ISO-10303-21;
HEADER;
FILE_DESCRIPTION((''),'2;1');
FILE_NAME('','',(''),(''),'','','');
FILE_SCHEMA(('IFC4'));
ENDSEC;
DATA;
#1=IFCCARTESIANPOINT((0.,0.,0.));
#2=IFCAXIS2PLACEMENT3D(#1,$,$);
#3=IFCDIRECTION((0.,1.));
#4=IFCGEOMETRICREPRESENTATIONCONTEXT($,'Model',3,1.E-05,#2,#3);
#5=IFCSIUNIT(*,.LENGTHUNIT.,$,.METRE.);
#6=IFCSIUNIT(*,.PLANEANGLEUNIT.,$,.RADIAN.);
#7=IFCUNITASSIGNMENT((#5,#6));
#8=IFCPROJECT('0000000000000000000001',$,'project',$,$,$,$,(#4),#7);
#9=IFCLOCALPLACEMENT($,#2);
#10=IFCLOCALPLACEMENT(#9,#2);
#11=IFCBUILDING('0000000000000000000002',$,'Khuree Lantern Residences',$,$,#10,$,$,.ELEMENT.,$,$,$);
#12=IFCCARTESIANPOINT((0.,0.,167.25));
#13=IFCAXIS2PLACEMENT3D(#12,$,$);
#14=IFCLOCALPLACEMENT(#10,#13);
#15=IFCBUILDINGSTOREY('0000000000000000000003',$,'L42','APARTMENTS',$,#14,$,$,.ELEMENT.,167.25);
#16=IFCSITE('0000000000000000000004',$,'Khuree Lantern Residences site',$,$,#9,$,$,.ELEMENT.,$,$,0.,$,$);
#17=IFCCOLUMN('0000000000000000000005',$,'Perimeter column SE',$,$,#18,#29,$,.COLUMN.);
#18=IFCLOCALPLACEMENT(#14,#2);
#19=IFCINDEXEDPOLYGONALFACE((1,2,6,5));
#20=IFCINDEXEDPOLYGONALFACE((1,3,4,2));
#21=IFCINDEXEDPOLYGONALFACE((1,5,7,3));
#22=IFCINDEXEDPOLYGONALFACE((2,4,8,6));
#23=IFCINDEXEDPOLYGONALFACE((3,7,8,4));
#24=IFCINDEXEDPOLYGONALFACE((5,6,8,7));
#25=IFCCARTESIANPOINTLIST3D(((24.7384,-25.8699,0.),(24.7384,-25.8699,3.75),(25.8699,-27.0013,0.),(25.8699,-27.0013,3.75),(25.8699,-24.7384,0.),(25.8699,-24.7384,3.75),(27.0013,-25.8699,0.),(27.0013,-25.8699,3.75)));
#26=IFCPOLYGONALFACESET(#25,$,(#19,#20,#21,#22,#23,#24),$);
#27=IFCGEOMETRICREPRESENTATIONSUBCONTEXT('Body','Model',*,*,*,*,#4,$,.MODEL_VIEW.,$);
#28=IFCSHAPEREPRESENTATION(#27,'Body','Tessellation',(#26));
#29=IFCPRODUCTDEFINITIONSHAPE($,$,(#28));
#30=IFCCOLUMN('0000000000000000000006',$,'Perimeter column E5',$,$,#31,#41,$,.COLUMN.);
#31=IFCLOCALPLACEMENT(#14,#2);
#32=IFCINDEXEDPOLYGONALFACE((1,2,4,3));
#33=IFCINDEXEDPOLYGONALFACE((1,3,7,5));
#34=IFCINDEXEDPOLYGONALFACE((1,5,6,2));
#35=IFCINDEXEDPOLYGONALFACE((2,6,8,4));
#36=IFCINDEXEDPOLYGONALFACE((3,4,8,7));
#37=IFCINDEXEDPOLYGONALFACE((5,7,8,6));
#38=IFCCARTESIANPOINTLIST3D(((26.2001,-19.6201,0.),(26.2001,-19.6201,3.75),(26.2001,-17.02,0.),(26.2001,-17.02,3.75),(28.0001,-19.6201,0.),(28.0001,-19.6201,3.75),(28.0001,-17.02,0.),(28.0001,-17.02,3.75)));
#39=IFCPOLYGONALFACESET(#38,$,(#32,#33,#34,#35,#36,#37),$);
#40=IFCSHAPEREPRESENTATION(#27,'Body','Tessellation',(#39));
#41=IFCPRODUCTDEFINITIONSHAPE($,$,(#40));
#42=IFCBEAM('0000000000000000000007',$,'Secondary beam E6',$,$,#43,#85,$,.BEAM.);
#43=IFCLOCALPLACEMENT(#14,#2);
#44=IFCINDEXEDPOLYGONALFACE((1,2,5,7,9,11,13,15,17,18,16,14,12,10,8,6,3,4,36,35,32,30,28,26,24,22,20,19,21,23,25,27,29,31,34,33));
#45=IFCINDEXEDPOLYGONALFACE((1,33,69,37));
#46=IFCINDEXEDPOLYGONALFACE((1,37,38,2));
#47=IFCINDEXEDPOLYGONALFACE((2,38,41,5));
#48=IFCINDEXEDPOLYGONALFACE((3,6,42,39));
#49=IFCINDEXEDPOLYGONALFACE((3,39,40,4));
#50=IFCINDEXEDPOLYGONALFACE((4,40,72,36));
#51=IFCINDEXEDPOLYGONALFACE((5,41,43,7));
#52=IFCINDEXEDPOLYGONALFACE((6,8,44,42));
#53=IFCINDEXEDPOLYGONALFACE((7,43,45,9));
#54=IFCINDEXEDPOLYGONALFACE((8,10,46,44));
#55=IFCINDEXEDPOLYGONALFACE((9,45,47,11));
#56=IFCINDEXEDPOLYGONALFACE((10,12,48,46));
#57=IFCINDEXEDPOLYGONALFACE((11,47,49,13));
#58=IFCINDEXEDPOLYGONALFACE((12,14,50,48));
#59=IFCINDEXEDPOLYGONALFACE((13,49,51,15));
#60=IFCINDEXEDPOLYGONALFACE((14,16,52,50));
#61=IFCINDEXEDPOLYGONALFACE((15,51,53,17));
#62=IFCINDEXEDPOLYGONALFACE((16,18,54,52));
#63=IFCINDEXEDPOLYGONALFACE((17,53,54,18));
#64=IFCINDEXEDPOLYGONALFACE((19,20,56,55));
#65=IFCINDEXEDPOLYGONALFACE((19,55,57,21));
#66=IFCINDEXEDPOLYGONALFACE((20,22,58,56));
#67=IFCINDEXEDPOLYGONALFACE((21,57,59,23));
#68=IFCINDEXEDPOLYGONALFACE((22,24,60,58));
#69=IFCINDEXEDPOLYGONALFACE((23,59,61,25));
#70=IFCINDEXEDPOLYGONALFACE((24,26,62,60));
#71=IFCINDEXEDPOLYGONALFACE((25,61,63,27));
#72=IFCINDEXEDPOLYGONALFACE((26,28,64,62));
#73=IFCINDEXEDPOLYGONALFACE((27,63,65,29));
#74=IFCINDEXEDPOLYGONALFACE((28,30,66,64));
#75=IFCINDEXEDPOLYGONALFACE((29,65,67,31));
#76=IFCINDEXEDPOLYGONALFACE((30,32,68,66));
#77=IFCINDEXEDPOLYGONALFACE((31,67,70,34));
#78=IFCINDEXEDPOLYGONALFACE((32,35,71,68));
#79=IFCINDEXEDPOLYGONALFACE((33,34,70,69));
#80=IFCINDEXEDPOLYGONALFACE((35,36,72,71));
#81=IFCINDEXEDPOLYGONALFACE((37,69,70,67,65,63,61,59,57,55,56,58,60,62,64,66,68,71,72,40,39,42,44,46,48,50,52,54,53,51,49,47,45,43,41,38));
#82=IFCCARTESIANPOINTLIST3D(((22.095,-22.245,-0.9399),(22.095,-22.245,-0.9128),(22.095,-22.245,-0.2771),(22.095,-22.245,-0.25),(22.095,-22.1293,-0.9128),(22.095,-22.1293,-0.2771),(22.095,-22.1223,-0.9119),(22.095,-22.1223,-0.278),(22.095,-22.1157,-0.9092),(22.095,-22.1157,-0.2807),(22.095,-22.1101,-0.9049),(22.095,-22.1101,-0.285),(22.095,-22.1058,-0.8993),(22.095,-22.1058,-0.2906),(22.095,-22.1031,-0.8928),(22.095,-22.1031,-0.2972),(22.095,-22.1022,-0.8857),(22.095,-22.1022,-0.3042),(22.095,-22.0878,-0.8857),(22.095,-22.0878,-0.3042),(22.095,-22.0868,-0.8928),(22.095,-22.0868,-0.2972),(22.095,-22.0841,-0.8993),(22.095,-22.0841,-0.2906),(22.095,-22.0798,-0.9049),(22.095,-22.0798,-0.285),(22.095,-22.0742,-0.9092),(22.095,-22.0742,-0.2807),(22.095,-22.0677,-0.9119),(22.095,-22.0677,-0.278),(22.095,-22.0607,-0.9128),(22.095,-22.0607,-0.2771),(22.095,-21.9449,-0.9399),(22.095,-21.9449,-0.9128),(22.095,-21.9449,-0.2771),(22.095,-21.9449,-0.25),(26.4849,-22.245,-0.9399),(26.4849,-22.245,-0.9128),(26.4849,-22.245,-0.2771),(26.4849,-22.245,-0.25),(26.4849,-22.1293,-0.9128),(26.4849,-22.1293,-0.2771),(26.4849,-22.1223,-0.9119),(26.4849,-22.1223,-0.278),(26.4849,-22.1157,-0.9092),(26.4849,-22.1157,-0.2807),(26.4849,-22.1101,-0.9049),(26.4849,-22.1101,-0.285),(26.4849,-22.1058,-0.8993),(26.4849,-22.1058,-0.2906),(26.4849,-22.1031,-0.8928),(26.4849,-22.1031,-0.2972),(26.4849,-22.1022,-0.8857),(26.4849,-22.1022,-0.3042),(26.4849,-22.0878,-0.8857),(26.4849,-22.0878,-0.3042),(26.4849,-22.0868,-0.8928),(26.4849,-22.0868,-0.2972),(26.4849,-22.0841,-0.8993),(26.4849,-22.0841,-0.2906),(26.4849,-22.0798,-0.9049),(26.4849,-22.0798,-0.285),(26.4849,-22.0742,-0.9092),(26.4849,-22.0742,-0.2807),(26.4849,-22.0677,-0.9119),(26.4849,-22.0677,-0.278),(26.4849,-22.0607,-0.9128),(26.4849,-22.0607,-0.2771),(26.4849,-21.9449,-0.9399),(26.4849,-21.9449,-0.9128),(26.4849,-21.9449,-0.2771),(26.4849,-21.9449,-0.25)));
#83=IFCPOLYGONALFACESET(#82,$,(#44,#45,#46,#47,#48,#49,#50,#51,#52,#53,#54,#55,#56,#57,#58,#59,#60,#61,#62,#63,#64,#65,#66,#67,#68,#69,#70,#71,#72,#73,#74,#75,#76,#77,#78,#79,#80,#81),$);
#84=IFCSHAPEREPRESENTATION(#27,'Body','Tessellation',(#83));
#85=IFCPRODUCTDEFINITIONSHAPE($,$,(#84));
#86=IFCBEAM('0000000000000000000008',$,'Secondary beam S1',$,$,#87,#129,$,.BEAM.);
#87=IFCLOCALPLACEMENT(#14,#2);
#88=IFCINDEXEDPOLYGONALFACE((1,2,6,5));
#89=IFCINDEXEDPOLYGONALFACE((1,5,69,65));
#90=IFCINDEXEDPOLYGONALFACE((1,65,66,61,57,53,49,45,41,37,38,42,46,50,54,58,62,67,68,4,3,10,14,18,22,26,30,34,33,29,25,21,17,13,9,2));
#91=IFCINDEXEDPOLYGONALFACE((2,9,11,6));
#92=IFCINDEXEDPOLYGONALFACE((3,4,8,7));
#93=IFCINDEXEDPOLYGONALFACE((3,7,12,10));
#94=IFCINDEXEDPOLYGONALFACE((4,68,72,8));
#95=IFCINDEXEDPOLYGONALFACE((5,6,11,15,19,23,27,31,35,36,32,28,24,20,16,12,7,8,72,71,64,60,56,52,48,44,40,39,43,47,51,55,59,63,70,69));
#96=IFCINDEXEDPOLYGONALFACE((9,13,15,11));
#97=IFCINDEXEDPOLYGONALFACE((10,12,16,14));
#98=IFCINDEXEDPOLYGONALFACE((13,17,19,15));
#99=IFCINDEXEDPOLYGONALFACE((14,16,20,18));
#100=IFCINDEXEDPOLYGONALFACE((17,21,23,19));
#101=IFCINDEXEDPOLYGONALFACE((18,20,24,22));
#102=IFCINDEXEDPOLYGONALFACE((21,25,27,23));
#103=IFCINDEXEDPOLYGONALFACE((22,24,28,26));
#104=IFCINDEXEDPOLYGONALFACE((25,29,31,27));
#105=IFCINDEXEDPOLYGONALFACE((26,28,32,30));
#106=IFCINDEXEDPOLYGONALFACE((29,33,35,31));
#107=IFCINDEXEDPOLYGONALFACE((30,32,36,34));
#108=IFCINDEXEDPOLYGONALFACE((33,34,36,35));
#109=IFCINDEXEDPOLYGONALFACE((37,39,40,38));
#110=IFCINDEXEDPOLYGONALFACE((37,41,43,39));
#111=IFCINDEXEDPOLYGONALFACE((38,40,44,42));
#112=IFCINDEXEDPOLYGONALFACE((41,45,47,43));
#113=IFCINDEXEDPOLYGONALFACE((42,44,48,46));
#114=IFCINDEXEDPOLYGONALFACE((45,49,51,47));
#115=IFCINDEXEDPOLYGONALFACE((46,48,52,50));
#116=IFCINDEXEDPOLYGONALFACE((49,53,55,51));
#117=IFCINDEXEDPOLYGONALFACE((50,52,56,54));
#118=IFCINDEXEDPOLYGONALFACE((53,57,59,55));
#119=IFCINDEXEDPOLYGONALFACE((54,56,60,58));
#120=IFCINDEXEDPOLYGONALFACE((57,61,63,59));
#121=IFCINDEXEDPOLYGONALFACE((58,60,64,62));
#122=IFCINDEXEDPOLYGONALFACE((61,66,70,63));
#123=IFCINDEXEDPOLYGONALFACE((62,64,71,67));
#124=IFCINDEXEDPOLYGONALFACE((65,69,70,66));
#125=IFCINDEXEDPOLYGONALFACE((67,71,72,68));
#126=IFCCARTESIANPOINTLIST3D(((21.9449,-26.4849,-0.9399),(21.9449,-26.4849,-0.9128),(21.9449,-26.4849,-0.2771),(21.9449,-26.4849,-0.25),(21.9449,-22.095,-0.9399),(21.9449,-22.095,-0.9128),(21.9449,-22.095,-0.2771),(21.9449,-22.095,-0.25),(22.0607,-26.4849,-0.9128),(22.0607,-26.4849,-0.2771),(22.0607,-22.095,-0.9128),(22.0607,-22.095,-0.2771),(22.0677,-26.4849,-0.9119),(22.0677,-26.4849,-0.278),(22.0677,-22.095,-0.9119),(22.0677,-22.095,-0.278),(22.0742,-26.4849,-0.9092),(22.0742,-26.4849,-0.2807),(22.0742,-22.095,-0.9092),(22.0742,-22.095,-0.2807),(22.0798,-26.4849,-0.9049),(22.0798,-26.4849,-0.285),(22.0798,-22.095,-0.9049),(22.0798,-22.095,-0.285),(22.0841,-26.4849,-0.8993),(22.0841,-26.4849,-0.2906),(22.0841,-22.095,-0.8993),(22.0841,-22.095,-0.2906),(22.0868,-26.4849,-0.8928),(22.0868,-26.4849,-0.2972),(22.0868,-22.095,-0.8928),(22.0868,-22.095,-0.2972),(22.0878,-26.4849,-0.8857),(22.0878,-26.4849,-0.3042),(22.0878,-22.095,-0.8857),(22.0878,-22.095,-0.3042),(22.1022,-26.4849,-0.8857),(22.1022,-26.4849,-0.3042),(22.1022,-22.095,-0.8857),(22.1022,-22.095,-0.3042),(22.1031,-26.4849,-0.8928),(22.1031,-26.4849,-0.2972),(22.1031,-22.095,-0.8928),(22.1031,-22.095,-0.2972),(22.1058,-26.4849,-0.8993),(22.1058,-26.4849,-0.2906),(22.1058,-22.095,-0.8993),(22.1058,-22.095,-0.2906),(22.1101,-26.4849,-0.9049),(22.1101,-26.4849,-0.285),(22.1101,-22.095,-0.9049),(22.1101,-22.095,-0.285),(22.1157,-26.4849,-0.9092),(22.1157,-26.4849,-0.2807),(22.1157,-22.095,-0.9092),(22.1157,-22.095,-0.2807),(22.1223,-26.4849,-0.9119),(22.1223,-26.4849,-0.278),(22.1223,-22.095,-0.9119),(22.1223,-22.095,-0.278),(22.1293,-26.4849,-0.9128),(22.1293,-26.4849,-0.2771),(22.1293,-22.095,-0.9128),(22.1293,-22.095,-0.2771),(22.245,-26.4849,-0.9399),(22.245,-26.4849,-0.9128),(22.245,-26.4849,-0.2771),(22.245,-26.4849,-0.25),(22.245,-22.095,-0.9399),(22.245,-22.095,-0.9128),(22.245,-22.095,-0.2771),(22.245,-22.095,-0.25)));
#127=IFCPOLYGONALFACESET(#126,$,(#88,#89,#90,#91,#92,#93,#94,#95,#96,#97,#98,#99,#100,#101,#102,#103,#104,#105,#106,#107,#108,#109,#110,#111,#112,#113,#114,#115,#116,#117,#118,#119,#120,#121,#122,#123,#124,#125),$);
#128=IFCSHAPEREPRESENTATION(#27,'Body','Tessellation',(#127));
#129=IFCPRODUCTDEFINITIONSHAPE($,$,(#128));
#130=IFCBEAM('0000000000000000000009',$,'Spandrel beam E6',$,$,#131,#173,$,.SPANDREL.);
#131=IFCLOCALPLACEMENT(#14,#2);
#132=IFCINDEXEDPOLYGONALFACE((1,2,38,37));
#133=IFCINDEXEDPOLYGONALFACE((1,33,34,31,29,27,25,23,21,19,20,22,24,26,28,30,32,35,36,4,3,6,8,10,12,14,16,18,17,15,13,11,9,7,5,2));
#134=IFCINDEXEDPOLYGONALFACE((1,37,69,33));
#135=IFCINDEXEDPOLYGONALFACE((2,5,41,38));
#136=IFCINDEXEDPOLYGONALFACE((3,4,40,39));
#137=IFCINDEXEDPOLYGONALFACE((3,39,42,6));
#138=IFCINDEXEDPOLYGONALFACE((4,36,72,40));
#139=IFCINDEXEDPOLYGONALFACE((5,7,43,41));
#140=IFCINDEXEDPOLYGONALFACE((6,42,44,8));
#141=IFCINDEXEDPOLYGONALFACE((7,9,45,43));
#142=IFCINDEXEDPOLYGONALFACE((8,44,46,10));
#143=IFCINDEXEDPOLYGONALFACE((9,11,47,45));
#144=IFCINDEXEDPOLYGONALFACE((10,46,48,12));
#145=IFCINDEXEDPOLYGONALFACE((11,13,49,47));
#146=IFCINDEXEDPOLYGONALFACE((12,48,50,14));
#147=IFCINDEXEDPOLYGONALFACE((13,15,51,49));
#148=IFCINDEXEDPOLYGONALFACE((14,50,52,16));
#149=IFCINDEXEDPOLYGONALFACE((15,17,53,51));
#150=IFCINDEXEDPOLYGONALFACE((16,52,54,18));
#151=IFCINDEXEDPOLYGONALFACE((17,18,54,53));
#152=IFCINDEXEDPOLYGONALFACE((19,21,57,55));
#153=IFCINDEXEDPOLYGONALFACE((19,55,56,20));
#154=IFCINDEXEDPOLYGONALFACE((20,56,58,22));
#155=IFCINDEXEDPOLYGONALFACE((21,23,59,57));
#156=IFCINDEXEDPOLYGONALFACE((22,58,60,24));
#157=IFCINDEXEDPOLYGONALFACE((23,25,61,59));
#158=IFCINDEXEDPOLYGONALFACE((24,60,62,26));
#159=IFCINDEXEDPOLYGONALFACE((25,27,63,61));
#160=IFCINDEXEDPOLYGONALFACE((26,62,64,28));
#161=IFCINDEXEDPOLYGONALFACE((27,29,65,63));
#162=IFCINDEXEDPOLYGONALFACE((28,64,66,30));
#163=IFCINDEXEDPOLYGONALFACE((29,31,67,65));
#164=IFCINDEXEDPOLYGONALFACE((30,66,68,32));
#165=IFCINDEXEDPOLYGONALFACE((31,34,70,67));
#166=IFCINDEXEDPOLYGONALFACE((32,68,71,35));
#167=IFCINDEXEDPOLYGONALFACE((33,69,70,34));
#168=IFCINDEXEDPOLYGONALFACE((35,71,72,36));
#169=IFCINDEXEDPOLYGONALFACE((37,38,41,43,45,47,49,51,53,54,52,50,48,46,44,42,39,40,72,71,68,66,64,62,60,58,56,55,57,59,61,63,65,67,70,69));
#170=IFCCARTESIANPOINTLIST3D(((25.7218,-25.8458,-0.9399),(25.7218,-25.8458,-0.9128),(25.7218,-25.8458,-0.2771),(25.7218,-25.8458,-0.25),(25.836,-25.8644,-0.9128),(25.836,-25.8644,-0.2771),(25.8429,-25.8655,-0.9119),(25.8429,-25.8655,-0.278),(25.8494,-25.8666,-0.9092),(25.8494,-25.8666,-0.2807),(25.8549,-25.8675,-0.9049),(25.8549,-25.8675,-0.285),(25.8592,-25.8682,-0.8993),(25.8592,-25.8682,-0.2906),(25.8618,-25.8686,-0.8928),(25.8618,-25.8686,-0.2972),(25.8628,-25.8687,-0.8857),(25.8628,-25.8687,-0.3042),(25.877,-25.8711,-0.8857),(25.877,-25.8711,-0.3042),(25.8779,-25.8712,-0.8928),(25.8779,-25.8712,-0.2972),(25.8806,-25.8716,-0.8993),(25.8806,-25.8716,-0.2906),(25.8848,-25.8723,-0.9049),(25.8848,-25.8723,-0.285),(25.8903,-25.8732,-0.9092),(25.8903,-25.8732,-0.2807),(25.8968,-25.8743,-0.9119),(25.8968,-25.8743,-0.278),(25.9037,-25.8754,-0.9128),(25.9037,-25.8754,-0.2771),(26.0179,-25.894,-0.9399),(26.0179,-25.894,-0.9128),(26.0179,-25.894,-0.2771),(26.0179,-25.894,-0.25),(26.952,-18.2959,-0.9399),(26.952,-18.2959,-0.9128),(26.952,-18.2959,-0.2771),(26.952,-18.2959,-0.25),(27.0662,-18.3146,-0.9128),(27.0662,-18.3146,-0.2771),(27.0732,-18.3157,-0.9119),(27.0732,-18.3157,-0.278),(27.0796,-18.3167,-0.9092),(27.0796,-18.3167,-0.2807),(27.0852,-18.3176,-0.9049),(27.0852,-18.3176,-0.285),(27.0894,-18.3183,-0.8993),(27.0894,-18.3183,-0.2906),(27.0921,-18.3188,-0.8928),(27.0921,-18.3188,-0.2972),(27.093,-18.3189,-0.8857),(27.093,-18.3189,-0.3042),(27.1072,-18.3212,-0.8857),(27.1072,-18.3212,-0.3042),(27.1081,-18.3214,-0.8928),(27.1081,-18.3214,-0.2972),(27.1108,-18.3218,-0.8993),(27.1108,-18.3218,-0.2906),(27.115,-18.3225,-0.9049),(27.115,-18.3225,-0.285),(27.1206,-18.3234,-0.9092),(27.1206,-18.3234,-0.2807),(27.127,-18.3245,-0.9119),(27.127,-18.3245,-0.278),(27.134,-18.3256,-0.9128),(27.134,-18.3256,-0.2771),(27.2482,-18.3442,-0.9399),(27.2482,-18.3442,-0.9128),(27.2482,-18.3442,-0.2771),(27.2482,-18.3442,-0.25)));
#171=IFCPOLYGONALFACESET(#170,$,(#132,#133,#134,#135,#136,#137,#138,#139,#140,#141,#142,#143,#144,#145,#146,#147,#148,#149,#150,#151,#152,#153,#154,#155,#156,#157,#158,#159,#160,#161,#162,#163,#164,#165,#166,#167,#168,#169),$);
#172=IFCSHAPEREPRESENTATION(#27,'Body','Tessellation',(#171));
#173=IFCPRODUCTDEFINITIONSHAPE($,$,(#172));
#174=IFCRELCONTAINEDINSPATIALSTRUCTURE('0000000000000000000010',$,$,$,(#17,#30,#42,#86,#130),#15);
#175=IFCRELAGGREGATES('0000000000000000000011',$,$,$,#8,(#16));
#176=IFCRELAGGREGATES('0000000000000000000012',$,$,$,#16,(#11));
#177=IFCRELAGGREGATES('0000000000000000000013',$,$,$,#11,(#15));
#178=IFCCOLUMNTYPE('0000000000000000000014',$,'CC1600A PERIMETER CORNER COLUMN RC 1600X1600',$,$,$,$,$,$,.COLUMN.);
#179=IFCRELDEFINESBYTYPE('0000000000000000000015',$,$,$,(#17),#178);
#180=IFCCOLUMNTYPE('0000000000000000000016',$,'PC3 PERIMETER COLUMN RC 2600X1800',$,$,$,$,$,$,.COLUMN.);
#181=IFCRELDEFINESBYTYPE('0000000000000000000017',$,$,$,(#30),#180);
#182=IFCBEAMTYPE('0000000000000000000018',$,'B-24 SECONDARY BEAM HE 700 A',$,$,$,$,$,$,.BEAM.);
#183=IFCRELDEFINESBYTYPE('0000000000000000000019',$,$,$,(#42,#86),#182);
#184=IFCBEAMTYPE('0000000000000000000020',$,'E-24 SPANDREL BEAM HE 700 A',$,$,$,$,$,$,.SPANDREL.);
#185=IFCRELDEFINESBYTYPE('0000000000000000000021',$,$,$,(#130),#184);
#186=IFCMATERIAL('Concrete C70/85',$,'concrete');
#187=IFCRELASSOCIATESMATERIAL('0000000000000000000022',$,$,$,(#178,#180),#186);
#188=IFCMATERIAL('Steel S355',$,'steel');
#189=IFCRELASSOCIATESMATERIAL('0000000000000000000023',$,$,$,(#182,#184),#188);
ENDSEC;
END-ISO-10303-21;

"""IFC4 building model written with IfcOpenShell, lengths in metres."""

from ifc_helpers import new_model, si_unit, direction, frame, origin, origin_2d, place, context, subcontext, project, spatial, rectangle, i_section, extrude, material, material_profile, profile_set, type_object, element, save


model = new_model("IFC4")

# Units and contexts
model_context = context("Model", 3, precision=1e-05, world=origin(), true_north=direction((0.0, 1.0)))
body_context = subcontext(model_context, "Body", "Model", "MODEL_VIEW")
ifc_project = project(units=[si_unit("LENGTHUNIT", "METRE"), si_unit("PLANEANGLEUNIT", "RADIAN")], contexts=[model_context])

# Site, building, storey
site_placement = place(None, origin())
site = spatial("IfcSite", under=ifc_project, at=site_placement, Name="Khuree Lantern Residences site", CompositionType="ELEMENT", RefElevation=0.0)
building_placement = place(site_placement, origin())
building = spatial("IfcBuilding", under=site, at=building_placement, Name="Khuree Lantern Residences", CompositionType="ELEMENT")
storey_placement = place(building_placement, frame((0.0, 0.0, 167.25)))
storey = spatial("IfcBuildingStorey", under=building, at=storey_placement, Name="L42", Description="APARTMENTS", CompositionType="ELEMENT", Elevation=167.25)

# Columns
ifc_material_1 = material(Name="Concrete C70/85", Category="concrete")
ifc_material_profile_1 = material_profile(ifc_material_1, rectangle(XDim=1.6001, YDim=1.6001, at=origin_2d()), Name="RC 1600X1600")
ifc_profile_set_1 = profile_set([ifc_material_profile_1], Name="Concrete C70/85")
column_type_1 = type_object("IfcColumnType", Name="CC1600A PERIMETER CORNER COLUMN RC 1600X1600", PredefinedType="COLUMN", material=ifc_profile_set_1)
column_1_placement = place(storey_placement, frame((25.8699, -25.8699, 0.0), z_axis=(0.0, 0.0, 1.0), x_axis=(0.707107, 0.707107, 0.0)))
element("IfcColumn", 1, at=column_1_placement, inside=storey, type_object=column_type_1, Name="Perimeter column SE", PredefinedType="COLUMN", context=body_context, shape_type="SweptSolid", body=[
    extrude(rectangle(XDim=1.6001, YDim=1.6001, at=origin_2d()), origin(), (0.0, 0.0, 1.0), 3.75),
])
ifc_material_profile_2 = material_profile(ifc_material_1, rectangle(XDim=2.6001, YDim=1.8, at=origin_2d()), Name="RC 2600X1800")
ifc_profile_set_2 = profile_set([ifc_material_profile_2], Name="Concrete C70/85")
column_type_2 = type_object("IfcColumnType", Name="PC3 PERIMETER COLUMN RC 2600X1800", PredefinedType="COLUMN", material=ifc_profile_set_2)
column_2_placement = place(storey_placement, frame((27.1001, -18.3201, 0.0), z_axis=(0.0, 0.0, 1.0), x_axis=(0.0, 1.0, 0.0)))
element("IfcColumn", 2, at=column_2_placement, inside=storey, type_object=column_type_2, Name="Perimeter column E5", PredefinedType="COLUMN", context=body_context, shape_type="SweptSolid", body=[
    extrude(rectangle(XDim=2.6001, YDim=1.8, at=origin_2d()), origin(), (0.0, 0.0, 1.0), 3.75),
])

# Beams
ifc_material_2 = material(Name="Steel S355", Category="steel")
ifc_material_profile_3 = material_profile(ifc_material_2, i_section(OverallWidth=0.3, OverallDepth=0.6899, WebThickness=0.0144, FlangeThickness=0.0271, FilletRadius=0.0271, at=origin_2d()), Name="HE 700 A")
ifc_profile_set_3 = profile_set([ifc_material_profile_3], Name="Steel S355")
beam_type_1 = type_object("IfcBeamType", Name="B-24 SECONDARY BEAM HE 700 A", PredefinedType="BEAM", material=ifc_profile_set_3)
for number, where, z_axis, x_axis, name in (
    (3, (26.4849, -22.095, -0.595), (-1.0, 0.0, 0.0), (0.0, -1.0, 0.0), "Secondary beam E6"),
    (4, (22.095, -26.4849, -0.595), (0.0, 1.0, 0.0), (-1.0, 0.0, 0.0), "Secondary beam S1"),
):
    element("IfcBeam", number, at=place(storey_placement, frame(where, z_axis=z_axis, x_axis=x_axis)), inside=storey, type_object=beam_type_1, Name=name, PredefinedType="BEAM", context=body_context, shape_type="SweptSolid", body=[
        extrude(i_section(OverallWidth=0.3, OverallDepth=0.6899, WebThickness=0.0144, FlangeThickness=0.0271, FilletRadius=0.0271, at=origin_2d()), origin(), (0.0, 0.0, 1.0), 4.3899),
    ])
ifc_material_profile_4 = material_profile(ifc_material_2, i_section(OverallWidth=0.3, OverallDepth=0.6899, WebThickness=0.0144, FlangeThickness=0.0271, FilletRadius=0.0271, at=origin_2d()), Name="HE 700 A")
ifc_profile_set_4 = profile_set([ifc_material_profile_4], Name="Steel S355")
beam_type_2 = type_object("IfcBeamType", Name="E-24 SPANDREL BEAM HE 700 A", PredefinedType="SPANDREL", material=ifc_profile_set_4)
for number, where, z_axis, x_axis, name in (
    (5, (27.1001, -18.3201, -0.595), (-0.160827, -0.986983, 0.0), (0.986983, -0.160827, 0.0), "Spandrel beam E6"),
):
    element("IfcBeam", number, at=place(storey_placement, frame(where, z_axis=z_axis, x_axis=x_axis)), inside=storey, type_object=beam_type_2, Name=name, PredefinedType="SPANDREL", context=body_context, shape_type="SweptSolid", body=[
        extrude(i_section(OverallWidth=0.3, OverallDepth=0.6899, WebThickness=0.0144, FlangeThickness=0.0271, FilletRadius=0.0271, at=origin_2d()), origin(), (0.0, 0.0, 1.0), 7.6494),
    ])

save(model, "model.ifc")
